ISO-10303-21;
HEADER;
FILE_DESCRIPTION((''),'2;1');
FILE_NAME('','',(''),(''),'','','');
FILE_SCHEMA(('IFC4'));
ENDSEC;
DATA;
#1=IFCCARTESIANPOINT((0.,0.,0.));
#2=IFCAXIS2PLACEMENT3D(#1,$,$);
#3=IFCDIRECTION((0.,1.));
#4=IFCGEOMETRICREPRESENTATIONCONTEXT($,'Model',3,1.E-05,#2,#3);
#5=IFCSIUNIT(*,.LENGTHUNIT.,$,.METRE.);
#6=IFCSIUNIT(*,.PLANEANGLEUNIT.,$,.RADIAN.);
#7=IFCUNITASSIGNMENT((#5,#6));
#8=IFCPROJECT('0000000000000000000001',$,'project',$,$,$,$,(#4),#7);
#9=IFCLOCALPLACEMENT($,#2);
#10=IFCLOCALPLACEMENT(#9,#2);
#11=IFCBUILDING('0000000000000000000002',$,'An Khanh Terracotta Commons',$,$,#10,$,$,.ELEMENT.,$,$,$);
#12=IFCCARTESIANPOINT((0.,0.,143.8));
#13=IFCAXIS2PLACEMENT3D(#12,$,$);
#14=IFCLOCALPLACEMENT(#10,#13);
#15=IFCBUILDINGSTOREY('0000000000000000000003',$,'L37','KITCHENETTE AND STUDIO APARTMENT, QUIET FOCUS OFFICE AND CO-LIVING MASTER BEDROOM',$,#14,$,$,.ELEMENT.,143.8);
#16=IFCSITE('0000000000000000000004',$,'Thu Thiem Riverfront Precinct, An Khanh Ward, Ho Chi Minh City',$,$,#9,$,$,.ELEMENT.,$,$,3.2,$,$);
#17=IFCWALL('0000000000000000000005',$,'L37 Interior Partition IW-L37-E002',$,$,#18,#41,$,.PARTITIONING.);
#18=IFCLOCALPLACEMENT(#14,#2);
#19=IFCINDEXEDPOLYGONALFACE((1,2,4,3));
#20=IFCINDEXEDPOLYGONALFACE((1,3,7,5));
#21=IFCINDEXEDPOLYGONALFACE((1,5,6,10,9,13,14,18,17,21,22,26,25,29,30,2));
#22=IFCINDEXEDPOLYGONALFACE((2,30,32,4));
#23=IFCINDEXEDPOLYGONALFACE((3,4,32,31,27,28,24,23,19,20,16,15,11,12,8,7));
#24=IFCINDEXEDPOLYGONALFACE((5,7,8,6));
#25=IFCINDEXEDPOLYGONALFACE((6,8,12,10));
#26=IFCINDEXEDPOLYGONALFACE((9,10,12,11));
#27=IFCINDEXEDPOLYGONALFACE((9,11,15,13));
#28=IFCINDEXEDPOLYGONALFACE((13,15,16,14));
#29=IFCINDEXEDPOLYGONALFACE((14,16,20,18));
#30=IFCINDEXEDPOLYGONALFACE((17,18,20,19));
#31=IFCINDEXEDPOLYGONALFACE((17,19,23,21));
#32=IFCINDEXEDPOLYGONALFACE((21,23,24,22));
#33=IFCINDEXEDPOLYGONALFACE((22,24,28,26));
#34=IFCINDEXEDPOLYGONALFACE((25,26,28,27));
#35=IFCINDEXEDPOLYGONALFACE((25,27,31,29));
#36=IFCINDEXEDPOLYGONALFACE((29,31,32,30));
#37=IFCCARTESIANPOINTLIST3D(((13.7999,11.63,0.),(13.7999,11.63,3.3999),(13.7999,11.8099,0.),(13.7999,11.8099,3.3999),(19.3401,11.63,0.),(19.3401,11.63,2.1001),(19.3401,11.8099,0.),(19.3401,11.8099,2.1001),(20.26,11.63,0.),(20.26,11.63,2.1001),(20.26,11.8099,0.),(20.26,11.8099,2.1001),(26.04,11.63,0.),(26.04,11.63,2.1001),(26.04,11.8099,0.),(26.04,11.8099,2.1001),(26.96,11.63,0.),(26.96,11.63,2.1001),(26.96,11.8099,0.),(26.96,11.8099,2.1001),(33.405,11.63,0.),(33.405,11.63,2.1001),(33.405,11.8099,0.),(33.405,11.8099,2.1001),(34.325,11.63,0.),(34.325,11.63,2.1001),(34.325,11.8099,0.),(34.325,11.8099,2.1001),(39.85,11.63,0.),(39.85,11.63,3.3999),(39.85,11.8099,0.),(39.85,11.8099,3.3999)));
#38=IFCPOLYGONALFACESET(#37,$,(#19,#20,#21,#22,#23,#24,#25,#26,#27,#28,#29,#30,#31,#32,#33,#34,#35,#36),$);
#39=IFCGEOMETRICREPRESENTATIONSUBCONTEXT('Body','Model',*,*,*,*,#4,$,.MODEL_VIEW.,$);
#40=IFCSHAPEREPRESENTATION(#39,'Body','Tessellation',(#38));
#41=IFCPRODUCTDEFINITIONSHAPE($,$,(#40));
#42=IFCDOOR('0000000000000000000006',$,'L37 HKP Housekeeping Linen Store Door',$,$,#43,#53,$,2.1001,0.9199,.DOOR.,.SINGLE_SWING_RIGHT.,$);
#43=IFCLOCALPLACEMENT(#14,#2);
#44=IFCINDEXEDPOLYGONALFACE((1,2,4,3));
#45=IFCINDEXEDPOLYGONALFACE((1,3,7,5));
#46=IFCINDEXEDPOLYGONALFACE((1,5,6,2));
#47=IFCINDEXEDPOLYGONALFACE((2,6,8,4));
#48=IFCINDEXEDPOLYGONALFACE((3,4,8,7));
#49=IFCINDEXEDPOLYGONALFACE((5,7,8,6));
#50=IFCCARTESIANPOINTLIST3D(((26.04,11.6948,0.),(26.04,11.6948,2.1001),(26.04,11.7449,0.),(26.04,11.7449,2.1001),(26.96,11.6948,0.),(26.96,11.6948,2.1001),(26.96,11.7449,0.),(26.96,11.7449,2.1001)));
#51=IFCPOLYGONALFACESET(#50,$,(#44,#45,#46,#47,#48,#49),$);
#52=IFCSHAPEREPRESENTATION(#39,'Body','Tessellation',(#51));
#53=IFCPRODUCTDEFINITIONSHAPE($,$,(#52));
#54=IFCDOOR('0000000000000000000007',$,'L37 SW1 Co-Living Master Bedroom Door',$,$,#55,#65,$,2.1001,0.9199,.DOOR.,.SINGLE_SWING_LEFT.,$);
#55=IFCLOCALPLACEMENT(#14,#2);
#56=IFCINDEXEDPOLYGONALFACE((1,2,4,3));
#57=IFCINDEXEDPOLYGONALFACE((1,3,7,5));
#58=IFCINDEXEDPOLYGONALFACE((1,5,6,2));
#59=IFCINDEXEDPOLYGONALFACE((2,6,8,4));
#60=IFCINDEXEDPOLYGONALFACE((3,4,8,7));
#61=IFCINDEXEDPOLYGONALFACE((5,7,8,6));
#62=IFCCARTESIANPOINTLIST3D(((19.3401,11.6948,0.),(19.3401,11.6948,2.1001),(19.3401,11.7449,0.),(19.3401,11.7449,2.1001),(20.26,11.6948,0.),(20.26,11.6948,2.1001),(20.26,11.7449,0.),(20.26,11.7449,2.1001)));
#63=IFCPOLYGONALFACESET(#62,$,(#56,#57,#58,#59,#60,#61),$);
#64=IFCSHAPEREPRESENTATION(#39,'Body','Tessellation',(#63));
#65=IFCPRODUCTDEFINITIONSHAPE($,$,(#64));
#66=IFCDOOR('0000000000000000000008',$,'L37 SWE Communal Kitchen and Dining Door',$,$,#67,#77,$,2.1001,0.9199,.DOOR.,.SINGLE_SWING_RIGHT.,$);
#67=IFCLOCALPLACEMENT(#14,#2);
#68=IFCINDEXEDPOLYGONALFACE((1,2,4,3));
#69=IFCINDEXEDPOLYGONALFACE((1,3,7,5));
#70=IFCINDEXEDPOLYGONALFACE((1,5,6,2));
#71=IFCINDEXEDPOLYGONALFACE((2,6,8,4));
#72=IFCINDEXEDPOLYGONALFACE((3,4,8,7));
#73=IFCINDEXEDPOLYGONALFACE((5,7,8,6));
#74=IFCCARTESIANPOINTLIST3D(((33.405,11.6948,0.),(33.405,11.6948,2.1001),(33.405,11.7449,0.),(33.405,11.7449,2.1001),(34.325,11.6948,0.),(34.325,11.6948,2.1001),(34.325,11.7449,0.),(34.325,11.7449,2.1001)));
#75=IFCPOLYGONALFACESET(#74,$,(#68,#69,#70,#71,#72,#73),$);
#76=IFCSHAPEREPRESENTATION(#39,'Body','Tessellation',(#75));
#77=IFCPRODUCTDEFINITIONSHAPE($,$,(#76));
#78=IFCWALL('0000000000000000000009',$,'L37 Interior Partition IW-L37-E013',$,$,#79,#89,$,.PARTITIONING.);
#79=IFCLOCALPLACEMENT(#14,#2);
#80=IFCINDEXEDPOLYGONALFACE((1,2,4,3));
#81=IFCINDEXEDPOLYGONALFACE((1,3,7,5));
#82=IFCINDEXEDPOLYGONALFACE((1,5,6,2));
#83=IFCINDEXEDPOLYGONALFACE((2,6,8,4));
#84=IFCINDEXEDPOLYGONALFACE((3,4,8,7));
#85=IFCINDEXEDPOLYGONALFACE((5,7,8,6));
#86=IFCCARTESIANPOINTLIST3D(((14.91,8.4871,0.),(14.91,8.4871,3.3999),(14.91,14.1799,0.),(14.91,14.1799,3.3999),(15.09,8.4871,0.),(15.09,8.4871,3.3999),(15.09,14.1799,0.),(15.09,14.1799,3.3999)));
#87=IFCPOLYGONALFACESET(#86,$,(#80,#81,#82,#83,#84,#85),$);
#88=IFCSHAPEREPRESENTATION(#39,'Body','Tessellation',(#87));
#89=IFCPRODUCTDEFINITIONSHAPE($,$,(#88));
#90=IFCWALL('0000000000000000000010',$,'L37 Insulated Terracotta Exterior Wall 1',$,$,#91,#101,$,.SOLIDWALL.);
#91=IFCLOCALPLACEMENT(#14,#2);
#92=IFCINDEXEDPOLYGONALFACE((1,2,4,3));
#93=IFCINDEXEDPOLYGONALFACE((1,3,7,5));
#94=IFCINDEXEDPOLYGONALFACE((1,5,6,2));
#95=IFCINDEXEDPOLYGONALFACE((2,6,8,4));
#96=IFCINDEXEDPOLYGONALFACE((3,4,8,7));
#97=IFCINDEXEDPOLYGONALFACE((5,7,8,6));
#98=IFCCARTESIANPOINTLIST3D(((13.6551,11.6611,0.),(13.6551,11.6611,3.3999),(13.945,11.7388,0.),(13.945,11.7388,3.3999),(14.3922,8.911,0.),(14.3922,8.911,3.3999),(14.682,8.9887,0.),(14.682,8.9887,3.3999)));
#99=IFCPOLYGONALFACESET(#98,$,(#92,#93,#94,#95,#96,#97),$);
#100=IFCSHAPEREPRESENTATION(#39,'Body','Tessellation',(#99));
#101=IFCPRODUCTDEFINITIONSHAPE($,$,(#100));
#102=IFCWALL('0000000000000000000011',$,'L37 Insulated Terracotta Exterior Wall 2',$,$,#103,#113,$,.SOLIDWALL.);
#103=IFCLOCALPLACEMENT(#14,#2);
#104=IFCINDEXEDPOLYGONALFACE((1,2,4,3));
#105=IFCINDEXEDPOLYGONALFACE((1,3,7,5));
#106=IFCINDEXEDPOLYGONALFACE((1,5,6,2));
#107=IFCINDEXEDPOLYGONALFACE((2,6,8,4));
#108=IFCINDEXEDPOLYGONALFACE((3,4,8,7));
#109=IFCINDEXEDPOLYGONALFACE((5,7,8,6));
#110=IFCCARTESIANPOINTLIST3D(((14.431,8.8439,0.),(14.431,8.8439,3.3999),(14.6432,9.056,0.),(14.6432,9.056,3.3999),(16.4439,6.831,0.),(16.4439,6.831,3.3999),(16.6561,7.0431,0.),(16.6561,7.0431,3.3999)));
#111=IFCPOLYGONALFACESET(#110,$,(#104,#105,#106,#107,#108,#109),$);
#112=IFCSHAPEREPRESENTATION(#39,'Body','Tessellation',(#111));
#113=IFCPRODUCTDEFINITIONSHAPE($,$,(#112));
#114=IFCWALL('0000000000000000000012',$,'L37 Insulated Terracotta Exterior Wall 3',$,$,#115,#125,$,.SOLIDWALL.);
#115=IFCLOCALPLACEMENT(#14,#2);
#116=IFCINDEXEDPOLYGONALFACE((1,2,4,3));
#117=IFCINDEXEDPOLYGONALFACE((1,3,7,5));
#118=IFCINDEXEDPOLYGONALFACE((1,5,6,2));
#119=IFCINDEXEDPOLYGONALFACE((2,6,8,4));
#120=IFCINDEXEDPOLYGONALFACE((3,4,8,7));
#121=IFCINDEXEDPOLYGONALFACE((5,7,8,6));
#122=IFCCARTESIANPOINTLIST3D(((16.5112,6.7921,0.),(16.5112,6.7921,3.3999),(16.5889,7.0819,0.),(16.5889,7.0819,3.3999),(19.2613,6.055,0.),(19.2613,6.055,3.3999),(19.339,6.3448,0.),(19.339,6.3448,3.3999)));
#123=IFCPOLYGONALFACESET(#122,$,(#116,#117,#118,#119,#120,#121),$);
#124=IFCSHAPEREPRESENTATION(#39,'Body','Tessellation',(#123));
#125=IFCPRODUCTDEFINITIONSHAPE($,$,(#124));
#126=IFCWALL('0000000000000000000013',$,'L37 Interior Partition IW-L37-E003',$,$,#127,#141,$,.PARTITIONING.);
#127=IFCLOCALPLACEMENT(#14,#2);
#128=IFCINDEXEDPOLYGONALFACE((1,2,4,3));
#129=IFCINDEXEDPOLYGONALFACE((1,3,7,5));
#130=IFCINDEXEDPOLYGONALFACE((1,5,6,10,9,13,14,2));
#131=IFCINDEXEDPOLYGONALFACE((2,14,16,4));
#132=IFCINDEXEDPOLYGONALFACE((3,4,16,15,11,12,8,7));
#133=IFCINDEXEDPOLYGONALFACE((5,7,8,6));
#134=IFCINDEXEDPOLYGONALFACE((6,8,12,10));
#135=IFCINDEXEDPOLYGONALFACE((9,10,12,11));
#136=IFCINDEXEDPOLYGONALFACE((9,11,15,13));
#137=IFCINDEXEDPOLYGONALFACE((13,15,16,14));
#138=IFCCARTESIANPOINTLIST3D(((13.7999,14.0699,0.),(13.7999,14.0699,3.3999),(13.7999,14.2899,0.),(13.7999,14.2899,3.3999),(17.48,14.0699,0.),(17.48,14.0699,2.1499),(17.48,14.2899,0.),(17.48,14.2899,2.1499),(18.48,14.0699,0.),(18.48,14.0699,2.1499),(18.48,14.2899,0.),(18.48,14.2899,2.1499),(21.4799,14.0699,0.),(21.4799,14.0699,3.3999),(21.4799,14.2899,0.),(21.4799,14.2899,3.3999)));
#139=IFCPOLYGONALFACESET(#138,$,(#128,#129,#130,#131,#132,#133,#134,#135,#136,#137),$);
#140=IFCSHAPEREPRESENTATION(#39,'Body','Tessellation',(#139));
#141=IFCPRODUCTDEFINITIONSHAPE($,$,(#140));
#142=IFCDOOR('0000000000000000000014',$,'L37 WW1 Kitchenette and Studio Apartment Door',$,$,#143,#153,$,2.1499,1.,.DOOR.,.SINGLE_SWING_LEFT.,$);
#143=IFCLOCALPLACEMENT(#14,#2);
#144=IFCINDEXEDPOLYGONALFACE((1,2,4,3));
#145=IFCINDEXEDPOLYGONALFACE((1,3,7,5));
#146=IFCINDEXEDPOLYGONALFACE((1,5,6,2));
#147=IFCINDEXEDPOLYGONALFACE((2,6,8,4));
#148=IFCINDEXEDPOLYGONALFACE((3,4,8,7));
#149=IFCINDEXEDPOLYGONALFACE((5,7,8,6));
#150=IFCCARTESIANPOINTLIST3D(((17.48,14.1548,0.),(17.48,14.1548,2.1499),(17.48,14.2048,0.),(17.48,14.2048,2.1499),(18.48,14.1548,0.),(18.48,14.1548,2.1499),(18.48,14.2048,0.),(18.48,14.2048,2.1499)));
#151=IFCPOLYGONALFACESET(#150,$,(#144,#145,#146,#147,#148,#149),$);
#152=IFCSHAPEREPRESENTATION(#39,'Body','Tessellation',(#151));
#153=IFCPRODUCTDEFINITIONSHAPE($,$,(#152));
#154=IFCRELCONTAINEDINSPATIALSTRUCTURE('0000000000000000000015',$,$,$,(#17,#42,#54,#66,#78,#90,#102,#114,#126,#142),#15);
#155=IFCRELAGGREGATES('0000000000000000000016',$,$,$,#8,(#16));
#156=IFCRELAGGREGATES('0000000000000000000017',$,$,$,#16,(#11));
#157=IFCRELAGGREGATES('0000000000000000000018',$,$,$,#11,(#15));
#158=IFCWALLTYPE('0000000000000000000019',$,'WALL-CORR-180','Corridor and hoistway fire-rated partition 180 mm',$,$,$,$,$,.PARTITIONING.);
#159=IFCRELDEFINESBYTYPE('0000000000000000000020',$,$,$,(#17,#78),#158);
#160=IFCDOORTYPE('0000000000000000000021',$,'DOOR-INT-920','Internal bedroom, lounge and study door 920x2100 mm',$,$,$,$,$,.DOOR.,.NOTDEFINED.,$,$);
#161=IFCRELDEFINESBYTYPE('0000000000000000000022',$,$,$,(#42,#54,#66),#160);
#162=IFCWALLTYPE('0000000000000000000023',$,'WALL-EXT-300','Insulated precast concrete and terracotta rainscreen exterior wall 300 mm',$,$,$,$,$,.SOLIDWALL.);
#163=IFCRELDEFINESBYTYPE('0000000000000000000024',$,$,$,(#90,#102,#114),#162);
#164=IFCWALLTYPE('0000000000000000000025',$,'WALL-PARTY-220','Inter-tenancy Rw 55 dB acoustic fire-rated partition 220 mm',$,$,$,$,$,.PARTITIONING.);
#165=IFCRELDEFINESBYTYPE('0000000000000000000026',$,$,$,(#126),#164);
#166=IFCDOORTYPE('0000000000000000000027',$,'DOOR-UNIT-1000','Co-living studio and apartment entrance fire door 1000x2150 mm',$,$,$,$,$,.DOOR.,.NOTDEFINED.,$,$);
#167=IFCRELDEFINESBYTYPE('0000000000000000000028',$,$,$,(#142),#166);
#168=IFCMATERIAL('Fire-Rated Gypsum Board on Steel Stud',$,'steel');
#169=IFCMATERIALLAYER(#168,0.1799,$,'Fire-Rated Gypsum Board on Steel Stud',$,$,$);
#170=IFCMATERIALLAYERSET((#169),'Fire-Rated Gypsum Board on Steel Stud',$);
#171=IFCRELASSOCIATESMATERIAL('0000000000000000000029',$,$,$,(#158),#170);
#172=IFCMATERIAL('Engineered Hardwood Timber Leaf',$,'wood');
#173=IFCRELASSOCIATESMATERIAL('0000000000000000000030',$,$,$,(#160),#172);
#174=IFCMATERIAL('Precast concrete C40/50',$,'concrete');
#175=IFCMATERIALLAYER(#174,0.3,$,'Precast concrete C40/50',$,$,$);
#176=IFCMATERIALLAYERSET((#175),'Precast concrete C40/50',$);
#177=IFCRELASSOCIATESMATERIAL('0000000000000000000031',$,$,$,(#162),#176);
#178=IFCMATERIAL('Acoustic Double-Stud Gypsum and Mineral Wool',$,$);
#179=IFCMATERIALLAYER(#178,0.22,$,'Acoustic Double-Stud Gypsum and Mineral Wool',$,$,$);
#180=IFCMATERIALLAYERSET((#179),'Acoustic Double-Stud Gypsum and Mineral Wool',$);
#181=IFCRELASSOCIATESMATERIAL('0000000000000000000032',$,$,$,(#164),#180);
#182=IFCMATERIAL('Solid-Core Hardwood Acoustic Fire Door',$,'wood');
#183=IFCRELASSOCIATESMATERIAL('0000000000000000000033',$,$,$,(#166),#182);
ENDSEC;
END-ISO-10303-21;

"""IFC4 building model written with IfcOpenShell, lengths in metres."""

from ifc_helpers import new_model, si_unit, direction, frame, frame_2d, origin, place, context, subcontext, project, spatial, rectangle, extrude, material, layer, layer_set, type_object, element, fill, save


model = new_model("IFC4")

# Units and contexts
model_context = context("Model", 3, precision=1e-05, world=origin(), true_north=direction((0.0, 1.0)))
body_context = subcontext(model_context, "Body", "Model", "MODEL_VIEW")
ifc_project = project(units=[si_unit("LENGTHUNIT", "METRE"), si_unit("PLANEANGLEUNIT", "RADIAN")], contexts=[model_context])

# Site, building, storey
site_placement = place(None, origin())
site = spatial("IfcSite", under=ifc_project, at=site_placement, Name="Thu Thiem Riverfront Precinct, An Khanh Ward, Ho Chi Minh City", CompositionType="ELEMENT", RefElevation=3.2)
building_placement = place(site_placement, origin())
building = spatial("IfcBuilding", under=site, at=building_placement, Name="An Khanh Terracotta Commons", CompositionType="ELEMENT")
storey_placement = place(building_placement, frame((0.0, 0.0, 143.8)))
storey = spatial("IfcBuildingStorey", under=building, at=storey_placement, Name="L37", Description="KITCHENETTE AND STUDIO APARTMENT, QUIET FOCUS OFFICE AND CO-LIVING MASTER BEDROOM", CompositionType="ELEMENT", Elevation=143.8)

# Shared definitions
ifc_material_1 = material(Name="Precast concrete C40/50", Category="concrete")

# Wall, openings, doors
ifc_material_2 = material(Name="Fire-Rated Gypsum Board on Steel Stud", Category="steel")
ifc_layer_1 = layer(ifc_material_2, 0.1799, Name="Fire-Rated Gypsum Board on Steel Stud")
ifc_layer_set_1 = layer_set([ifc_layer_1], Name="Fire-Rated Gypsum Board on Steel Stud")
wall_type_1 = type_object("IfcWallType", Name="WALL-CORR-180", Description="Corridor and hoistway fire-rated partition 180 mm", PredefinedType="PARTITIONING", material=ifc_layer_set_1)
wall_1_placement = place(storey_placement, frame((13.8, 11.72, 0.0), z_axis=(0.0, 0.0, 1.0), x_axis=(1.0, 0.0, 0.0)))
wall_1 = element("IfcWall", 1, at=wall_1_placement, inside=storey, type_object=wall_type_1, Name="L37 Interior Partition IW-L37-E002", PredefinedType="PARTITIONING", context=body_context, shape_type="SweptSolid", body=[
    extrude(rectangle(XDim=26.05, YDim=0.1799, at=frame_2d((13.0249, 0.0))), origin(), (0.0, 0.0, 1.0), 3.3999),
])
opening_1_placement = place(wall_1_placement, frame((12.24, 0.0, 0.0)))
opening_1 = element("IfcOpeningElement", 2, at=opening_1_placement, cuts=wall_1, PredefinedType="OPENING", context=body_context, shape_type="SweptSolid", body=[
    extrude(rectangle(XDim=0.9199, YDim=2.1001, at=frame_2d((0.46, 1.05))), frame((0.0, 0.0999, 0.0), z_axis=(0.0, -1.0, 0.0), x_axis=(1.0, 0.0, 0.0)), (0.0, 0.0, 1.0), 0.2),
])
opening_2_placement = place(wall_1_placement, frame((5.54, 0.0, 0.0)))
opening_2 = element("IfcOpeningElement", 3, at=opening_2_placement, cuts=wall_1, PredefinedType="OPENING", context=body_context, shape_type="SweptSolid", body=[
    extrude(rectangle(XDim=0.9199, YDim=2.1001, at=frame_2d((0.46, 1.05))), frame((0.0, 0.0999, 0.0), z_axis=(0.0, -1.0, 0.0), x_axis=(1.0, 0.0, 0.0)), (0.0, 0.0, 1.0), 0.2),
])
opening_3_placement = place(wall_1_placement, frame((19.605, 0.0, 0.0)))
opening_3 = element("IfcOpeningElement", 4, at=opening_3_placement, cuts=wall_1, PredefinedType="OPENING", context=body_context, shape_type="SweptSolid", body=[
    extrude(rectangle(XDim=0.9199, YDim=2.1001, at=frame_2d((0.46, 1.05))), frame((0.0, 0.0999, 0.0), z_axis=(0.0, -1.0, 0.0), x_axis=(1.0, 0.0, 0.0)), (0.0, 0.0, 1.0), 0.2),
])
ifc_material_3 = material(Name="Engineered Hardwood Timber Leaf", Category="wood")
door_type_1 = type_object("IfcDoorType", Name="DOOR-INT-920", Description="Internal bedroom, lounge and study door 920x2100 mm", OperationType="NOTDEFINED", PredefinedType="DOOR", material=ifc_material_3)
door_1_placement = place(opening_1_placement, origin())
door_1 = element("IfcDoor", 5, at=door_1_placement, inside=storey, type_object=door_type_1, Name="L37 HKP Housekeeping Linen Store Door", OperationType="SINGLE_SWING_RIGHT", OverallHeight=2.1001, OverallWidth=0.9199, PredefinedType="DOOR", context=body_context, shape_type="SweptSolid", body=[
    extrude(rectangle(XDim=0.9199, YDim=2.1001, at=frame_2d((0.46, 1.05))), frame((0.0, 0.0249, 0.0), z_axis=(0.0, -1.0, 0.0), x_axis=(1.0, 0.0, 0.0)), (0.0, 0.0, 1.0), 0.05),
])
fill(opening_1, door_1)
door_2_placement = place(opening_2_placement, origin())
door_2 = element("IfcDoor", 6, at=door_2_placement, inside=storey, type_object=door_type_1, Name="L37 SW1 Co-Living Master Bedroom Door", OperationType="SINGLE_SWING_LEFT", OverallHeight=2.1001, OverallWidth=0.9199, PredefinedType="DOOR", context=body_context, shape_type="SweptSolid", body=[
    extrude(rectangle(XDim=0.9199, YDim=2.1001, at=frame_2d((0.46, 1.05))), frame((0.0, 0.0249, 0.0), z_axis=(0.0, -1.0, 0.0), x_axis=(1.0, 0.0, 0.0)), (0.0, 0.0, 1.0), 0.05),
])
fill(opening_2, door_2)
door_3_placement = place(opening_3_placement, origin())
door_3 = element("IfcDoor", 7, at=door_3_placement, inside=storey, type_object=door_type_1, Name="L37 SWE Communal Kitchen and Dining Door", OperationType="SINGLE_SWING_RIGHT", OverallHeight=2.1001, OverallWidth=0.9199, PredefinedType="DOOR", context=body_context, shape_type="SweptSolid", body=[
    extrude(rectangle(XDim=0.9199, YDim=2.1001, at=frame_2d((0.46, 1.05))), frame((0.0, 0.0249, 0.0), z_axis=(0.0, -1.0, 0.0), x_axis=(1.0, 0.0, 0.0)), (0.0, 0.0, 1.0), 0.05),
])
fill(opening_3, door_3)

# Walls
wall_2_placement = place(storey_placement, frame((15.0, 8.4871, 0.0), z_axis=(0.0, 0.0, 1.0), x_axis=(0.0, 1.0, 0.0)))
element("IfcWall", 8, at=wall_2_placement, inside=storey, type_object=wall_type_1, Name="L37 Interior Partition IW-L37-E013", PredefinedType="PARTITIONING", context=body_context, shape_type="SweptSolid", body=[
    extrude(rectangle(XDim=5.6929, YDim=0.1799, at=frame_2d((2.8464, 0.0))), origin(), (0.0, 0.0, 1.0), 3.3999),
])
ifc_layer_2 = layer(ifc_material_1, 0.3, Name="Precast concrete C40/50")
ifc_layer_set_2 = layer_set([ifc_layer_2], Name="Precast concrete C40/50")
wall_type_2 = type_object("IfcWallType", Name="WALL-EXT-300", Description="Insulated precast concrete and terracotta rainscreen exterior wall 300 mm", PredefinedType="SOLIDWALL", material=ifc_layer_set_2)
wall_3_placement = place(storey_placement, frame((13.8, 11.7, 0.0), z_axis=(0.0, 0.0, 1.0), x_axis=(0.258885, -0.965908, 0.0)))
element("IfcWall", 9, at=wall_3_placement, inside=storey, type_object=wall_type_2, Name="L37 Insulated Terracotta Exterior Wall 1", PredefinedType="SOLIDWALL", context=body_context, shape_type="SweptSolid", body=[
    extrude(rectangle(XDim=2.8472, YDim=0.3, at=frame_2d((1.4236, 0.0))), origin(), (0.0, 0.0, 1.0), 3.3999),
])
wall_4_placement = place(storey_placement, frame((14.5371, 8.95, 0.0), z_axis=(0.0, 0.0, 1.0), x_axis=(0.707107, -0.707107, 0.0)))
element("IfcWall", 10, at=wall_4_placement, inside=storey, type_object=wall_type_2, Name="L37 Insulated Terracotta Exterior Wall 2", PredefinedType="SOLIDWALL", context=body_context, shape_type="SweptSolid", body=[
    extrude(rectangle(XDim=2.8467, YDim=0.3, at=frame_2d((1.4233, 0.0))), origin(), (0.0, 0.0, 1.0), 3.3999),
])
wall_5_placement = place(storey_placement, frame((16.55, 6.937, 0.0), z_axis=(0.0, 0.0, 1.0), x_axis=(0.965908, -0.258885, 0.0)))
element("IfcWall", 11, at=wall_5_placement, inside=storey, type_object=wall_type_2, Name="L37 Insulated Terracotta Exterior Wall 3", PredefinedType="SOLIDWALL", context=body_context, shape_type="SweptSolid", body=[
    extrude(rectangle(XDim=2.8472, YDim=0.3, at=frame_2d((1.4236, 0.0))), origin(), (0.0, 0.0, 1.0), 3.3999),
])

# Wall, opening, door
ifc_material_4 = material(Name="Acoustic Double-Stud Gypsum and Mineral Wool")
ifc_layer_3 = layer(ifc_material_4, 0.22, Name="Acoustic Double-Stud Gypsum and Mineral Wool")
ifc_layer_set_3 = layer_set([ifc_layer_3], Name="Acoustic Double-Stud Gypsum and Mineral Wool")
wall_type_3 = type_object("IfcWallType", Name="WALL-PARTY-220", Description="Inter-tenancy Rw 55 dB acoustic fire-rated partition 220 mm", PredefinedType="PARTITIONING", material=ifc_layer_set_3)
wall_6_placement = place(storey_placement, frame((13.8, 14.1799, 0.0), z_axis=(0.0, 0.0, 1.0), x_axis=(1.0, 0.0, 0.0)))
wall_6 = element("IfcWall", 12, at=wall_6_placement, inside=storey, type_object=wall_type_3, Name="L37 Interior Partition IW-L37-E003", PredefinedType="PARTITIONING", context=body_context, shape_type="SweptSolid", body=[
    extrude(rectangle(XDim=7.6799, YDim=0.22, at=frame_2d((3.8398, 0.0))), origin(), (0.0, 0.0, 1.0), 3.3999),
])
opening_4_placement = place(wall_6_placement, frame((3.6799, 0.0, 0.0)))
opening_4 = element("IfcOpeningElement", 13, at=opening_4_placement, cuts=wall_6, PredefinedType="OPENING", context=body_context, shape_type="SweptSolid", body=[
    extrude(rectangle(XDim=1.0, YDim=2.1499, at=frame_2d((0.5, 1.075))), frame((0.0, 0.1199, 0.0), z_axis=(0.0, -1.0, 0.0), x_axis=(1.0, 0.0, 0.0)), (0.0, 0.0, 1.0), 0.24),
])
ifc_material_5 = material(Name="Solid-Core Hardwood Acoustic Fire Door", Category="wood")
door_type_2 = type_object("IfcDoorType", Name="DOOR-UNIT-1000", Description="Co-living studio and apartment entrance fire door 1000x2150 mm", OperationType="NOTDEFINED", PredefinedType="DOOR", material=ifc_material_5)
door_4_placement = place(opening_4_placement, origin())
door_4 = element("IfcDoor", 14, at=door_4_placement, inside=storey, type_object=door_type_2, Name="L37 WW1 Kitchenette and Studio Apartment Door", OperationType="SINGLE_SWING_LEFT", OverallHeight=2.1499, OverallWidth=1.0, PredefinedType="DOOR", context=body_context, shape_type="SweptSolid", body=[
    extrude(rectangle(XDim=1.0, YDim=2.1499, at=frame_2d((0.5, 1.075))), frame((0.0, 0.0249, 0.0), z_axis=(0.0, -1.0, 0.0), x_axis=(1.0, 0.0, 0.0)), (0.0, 0.0, 1.0), 0.05),
])
fill(opening_4, door_4)

save(model, "model.ifc")
